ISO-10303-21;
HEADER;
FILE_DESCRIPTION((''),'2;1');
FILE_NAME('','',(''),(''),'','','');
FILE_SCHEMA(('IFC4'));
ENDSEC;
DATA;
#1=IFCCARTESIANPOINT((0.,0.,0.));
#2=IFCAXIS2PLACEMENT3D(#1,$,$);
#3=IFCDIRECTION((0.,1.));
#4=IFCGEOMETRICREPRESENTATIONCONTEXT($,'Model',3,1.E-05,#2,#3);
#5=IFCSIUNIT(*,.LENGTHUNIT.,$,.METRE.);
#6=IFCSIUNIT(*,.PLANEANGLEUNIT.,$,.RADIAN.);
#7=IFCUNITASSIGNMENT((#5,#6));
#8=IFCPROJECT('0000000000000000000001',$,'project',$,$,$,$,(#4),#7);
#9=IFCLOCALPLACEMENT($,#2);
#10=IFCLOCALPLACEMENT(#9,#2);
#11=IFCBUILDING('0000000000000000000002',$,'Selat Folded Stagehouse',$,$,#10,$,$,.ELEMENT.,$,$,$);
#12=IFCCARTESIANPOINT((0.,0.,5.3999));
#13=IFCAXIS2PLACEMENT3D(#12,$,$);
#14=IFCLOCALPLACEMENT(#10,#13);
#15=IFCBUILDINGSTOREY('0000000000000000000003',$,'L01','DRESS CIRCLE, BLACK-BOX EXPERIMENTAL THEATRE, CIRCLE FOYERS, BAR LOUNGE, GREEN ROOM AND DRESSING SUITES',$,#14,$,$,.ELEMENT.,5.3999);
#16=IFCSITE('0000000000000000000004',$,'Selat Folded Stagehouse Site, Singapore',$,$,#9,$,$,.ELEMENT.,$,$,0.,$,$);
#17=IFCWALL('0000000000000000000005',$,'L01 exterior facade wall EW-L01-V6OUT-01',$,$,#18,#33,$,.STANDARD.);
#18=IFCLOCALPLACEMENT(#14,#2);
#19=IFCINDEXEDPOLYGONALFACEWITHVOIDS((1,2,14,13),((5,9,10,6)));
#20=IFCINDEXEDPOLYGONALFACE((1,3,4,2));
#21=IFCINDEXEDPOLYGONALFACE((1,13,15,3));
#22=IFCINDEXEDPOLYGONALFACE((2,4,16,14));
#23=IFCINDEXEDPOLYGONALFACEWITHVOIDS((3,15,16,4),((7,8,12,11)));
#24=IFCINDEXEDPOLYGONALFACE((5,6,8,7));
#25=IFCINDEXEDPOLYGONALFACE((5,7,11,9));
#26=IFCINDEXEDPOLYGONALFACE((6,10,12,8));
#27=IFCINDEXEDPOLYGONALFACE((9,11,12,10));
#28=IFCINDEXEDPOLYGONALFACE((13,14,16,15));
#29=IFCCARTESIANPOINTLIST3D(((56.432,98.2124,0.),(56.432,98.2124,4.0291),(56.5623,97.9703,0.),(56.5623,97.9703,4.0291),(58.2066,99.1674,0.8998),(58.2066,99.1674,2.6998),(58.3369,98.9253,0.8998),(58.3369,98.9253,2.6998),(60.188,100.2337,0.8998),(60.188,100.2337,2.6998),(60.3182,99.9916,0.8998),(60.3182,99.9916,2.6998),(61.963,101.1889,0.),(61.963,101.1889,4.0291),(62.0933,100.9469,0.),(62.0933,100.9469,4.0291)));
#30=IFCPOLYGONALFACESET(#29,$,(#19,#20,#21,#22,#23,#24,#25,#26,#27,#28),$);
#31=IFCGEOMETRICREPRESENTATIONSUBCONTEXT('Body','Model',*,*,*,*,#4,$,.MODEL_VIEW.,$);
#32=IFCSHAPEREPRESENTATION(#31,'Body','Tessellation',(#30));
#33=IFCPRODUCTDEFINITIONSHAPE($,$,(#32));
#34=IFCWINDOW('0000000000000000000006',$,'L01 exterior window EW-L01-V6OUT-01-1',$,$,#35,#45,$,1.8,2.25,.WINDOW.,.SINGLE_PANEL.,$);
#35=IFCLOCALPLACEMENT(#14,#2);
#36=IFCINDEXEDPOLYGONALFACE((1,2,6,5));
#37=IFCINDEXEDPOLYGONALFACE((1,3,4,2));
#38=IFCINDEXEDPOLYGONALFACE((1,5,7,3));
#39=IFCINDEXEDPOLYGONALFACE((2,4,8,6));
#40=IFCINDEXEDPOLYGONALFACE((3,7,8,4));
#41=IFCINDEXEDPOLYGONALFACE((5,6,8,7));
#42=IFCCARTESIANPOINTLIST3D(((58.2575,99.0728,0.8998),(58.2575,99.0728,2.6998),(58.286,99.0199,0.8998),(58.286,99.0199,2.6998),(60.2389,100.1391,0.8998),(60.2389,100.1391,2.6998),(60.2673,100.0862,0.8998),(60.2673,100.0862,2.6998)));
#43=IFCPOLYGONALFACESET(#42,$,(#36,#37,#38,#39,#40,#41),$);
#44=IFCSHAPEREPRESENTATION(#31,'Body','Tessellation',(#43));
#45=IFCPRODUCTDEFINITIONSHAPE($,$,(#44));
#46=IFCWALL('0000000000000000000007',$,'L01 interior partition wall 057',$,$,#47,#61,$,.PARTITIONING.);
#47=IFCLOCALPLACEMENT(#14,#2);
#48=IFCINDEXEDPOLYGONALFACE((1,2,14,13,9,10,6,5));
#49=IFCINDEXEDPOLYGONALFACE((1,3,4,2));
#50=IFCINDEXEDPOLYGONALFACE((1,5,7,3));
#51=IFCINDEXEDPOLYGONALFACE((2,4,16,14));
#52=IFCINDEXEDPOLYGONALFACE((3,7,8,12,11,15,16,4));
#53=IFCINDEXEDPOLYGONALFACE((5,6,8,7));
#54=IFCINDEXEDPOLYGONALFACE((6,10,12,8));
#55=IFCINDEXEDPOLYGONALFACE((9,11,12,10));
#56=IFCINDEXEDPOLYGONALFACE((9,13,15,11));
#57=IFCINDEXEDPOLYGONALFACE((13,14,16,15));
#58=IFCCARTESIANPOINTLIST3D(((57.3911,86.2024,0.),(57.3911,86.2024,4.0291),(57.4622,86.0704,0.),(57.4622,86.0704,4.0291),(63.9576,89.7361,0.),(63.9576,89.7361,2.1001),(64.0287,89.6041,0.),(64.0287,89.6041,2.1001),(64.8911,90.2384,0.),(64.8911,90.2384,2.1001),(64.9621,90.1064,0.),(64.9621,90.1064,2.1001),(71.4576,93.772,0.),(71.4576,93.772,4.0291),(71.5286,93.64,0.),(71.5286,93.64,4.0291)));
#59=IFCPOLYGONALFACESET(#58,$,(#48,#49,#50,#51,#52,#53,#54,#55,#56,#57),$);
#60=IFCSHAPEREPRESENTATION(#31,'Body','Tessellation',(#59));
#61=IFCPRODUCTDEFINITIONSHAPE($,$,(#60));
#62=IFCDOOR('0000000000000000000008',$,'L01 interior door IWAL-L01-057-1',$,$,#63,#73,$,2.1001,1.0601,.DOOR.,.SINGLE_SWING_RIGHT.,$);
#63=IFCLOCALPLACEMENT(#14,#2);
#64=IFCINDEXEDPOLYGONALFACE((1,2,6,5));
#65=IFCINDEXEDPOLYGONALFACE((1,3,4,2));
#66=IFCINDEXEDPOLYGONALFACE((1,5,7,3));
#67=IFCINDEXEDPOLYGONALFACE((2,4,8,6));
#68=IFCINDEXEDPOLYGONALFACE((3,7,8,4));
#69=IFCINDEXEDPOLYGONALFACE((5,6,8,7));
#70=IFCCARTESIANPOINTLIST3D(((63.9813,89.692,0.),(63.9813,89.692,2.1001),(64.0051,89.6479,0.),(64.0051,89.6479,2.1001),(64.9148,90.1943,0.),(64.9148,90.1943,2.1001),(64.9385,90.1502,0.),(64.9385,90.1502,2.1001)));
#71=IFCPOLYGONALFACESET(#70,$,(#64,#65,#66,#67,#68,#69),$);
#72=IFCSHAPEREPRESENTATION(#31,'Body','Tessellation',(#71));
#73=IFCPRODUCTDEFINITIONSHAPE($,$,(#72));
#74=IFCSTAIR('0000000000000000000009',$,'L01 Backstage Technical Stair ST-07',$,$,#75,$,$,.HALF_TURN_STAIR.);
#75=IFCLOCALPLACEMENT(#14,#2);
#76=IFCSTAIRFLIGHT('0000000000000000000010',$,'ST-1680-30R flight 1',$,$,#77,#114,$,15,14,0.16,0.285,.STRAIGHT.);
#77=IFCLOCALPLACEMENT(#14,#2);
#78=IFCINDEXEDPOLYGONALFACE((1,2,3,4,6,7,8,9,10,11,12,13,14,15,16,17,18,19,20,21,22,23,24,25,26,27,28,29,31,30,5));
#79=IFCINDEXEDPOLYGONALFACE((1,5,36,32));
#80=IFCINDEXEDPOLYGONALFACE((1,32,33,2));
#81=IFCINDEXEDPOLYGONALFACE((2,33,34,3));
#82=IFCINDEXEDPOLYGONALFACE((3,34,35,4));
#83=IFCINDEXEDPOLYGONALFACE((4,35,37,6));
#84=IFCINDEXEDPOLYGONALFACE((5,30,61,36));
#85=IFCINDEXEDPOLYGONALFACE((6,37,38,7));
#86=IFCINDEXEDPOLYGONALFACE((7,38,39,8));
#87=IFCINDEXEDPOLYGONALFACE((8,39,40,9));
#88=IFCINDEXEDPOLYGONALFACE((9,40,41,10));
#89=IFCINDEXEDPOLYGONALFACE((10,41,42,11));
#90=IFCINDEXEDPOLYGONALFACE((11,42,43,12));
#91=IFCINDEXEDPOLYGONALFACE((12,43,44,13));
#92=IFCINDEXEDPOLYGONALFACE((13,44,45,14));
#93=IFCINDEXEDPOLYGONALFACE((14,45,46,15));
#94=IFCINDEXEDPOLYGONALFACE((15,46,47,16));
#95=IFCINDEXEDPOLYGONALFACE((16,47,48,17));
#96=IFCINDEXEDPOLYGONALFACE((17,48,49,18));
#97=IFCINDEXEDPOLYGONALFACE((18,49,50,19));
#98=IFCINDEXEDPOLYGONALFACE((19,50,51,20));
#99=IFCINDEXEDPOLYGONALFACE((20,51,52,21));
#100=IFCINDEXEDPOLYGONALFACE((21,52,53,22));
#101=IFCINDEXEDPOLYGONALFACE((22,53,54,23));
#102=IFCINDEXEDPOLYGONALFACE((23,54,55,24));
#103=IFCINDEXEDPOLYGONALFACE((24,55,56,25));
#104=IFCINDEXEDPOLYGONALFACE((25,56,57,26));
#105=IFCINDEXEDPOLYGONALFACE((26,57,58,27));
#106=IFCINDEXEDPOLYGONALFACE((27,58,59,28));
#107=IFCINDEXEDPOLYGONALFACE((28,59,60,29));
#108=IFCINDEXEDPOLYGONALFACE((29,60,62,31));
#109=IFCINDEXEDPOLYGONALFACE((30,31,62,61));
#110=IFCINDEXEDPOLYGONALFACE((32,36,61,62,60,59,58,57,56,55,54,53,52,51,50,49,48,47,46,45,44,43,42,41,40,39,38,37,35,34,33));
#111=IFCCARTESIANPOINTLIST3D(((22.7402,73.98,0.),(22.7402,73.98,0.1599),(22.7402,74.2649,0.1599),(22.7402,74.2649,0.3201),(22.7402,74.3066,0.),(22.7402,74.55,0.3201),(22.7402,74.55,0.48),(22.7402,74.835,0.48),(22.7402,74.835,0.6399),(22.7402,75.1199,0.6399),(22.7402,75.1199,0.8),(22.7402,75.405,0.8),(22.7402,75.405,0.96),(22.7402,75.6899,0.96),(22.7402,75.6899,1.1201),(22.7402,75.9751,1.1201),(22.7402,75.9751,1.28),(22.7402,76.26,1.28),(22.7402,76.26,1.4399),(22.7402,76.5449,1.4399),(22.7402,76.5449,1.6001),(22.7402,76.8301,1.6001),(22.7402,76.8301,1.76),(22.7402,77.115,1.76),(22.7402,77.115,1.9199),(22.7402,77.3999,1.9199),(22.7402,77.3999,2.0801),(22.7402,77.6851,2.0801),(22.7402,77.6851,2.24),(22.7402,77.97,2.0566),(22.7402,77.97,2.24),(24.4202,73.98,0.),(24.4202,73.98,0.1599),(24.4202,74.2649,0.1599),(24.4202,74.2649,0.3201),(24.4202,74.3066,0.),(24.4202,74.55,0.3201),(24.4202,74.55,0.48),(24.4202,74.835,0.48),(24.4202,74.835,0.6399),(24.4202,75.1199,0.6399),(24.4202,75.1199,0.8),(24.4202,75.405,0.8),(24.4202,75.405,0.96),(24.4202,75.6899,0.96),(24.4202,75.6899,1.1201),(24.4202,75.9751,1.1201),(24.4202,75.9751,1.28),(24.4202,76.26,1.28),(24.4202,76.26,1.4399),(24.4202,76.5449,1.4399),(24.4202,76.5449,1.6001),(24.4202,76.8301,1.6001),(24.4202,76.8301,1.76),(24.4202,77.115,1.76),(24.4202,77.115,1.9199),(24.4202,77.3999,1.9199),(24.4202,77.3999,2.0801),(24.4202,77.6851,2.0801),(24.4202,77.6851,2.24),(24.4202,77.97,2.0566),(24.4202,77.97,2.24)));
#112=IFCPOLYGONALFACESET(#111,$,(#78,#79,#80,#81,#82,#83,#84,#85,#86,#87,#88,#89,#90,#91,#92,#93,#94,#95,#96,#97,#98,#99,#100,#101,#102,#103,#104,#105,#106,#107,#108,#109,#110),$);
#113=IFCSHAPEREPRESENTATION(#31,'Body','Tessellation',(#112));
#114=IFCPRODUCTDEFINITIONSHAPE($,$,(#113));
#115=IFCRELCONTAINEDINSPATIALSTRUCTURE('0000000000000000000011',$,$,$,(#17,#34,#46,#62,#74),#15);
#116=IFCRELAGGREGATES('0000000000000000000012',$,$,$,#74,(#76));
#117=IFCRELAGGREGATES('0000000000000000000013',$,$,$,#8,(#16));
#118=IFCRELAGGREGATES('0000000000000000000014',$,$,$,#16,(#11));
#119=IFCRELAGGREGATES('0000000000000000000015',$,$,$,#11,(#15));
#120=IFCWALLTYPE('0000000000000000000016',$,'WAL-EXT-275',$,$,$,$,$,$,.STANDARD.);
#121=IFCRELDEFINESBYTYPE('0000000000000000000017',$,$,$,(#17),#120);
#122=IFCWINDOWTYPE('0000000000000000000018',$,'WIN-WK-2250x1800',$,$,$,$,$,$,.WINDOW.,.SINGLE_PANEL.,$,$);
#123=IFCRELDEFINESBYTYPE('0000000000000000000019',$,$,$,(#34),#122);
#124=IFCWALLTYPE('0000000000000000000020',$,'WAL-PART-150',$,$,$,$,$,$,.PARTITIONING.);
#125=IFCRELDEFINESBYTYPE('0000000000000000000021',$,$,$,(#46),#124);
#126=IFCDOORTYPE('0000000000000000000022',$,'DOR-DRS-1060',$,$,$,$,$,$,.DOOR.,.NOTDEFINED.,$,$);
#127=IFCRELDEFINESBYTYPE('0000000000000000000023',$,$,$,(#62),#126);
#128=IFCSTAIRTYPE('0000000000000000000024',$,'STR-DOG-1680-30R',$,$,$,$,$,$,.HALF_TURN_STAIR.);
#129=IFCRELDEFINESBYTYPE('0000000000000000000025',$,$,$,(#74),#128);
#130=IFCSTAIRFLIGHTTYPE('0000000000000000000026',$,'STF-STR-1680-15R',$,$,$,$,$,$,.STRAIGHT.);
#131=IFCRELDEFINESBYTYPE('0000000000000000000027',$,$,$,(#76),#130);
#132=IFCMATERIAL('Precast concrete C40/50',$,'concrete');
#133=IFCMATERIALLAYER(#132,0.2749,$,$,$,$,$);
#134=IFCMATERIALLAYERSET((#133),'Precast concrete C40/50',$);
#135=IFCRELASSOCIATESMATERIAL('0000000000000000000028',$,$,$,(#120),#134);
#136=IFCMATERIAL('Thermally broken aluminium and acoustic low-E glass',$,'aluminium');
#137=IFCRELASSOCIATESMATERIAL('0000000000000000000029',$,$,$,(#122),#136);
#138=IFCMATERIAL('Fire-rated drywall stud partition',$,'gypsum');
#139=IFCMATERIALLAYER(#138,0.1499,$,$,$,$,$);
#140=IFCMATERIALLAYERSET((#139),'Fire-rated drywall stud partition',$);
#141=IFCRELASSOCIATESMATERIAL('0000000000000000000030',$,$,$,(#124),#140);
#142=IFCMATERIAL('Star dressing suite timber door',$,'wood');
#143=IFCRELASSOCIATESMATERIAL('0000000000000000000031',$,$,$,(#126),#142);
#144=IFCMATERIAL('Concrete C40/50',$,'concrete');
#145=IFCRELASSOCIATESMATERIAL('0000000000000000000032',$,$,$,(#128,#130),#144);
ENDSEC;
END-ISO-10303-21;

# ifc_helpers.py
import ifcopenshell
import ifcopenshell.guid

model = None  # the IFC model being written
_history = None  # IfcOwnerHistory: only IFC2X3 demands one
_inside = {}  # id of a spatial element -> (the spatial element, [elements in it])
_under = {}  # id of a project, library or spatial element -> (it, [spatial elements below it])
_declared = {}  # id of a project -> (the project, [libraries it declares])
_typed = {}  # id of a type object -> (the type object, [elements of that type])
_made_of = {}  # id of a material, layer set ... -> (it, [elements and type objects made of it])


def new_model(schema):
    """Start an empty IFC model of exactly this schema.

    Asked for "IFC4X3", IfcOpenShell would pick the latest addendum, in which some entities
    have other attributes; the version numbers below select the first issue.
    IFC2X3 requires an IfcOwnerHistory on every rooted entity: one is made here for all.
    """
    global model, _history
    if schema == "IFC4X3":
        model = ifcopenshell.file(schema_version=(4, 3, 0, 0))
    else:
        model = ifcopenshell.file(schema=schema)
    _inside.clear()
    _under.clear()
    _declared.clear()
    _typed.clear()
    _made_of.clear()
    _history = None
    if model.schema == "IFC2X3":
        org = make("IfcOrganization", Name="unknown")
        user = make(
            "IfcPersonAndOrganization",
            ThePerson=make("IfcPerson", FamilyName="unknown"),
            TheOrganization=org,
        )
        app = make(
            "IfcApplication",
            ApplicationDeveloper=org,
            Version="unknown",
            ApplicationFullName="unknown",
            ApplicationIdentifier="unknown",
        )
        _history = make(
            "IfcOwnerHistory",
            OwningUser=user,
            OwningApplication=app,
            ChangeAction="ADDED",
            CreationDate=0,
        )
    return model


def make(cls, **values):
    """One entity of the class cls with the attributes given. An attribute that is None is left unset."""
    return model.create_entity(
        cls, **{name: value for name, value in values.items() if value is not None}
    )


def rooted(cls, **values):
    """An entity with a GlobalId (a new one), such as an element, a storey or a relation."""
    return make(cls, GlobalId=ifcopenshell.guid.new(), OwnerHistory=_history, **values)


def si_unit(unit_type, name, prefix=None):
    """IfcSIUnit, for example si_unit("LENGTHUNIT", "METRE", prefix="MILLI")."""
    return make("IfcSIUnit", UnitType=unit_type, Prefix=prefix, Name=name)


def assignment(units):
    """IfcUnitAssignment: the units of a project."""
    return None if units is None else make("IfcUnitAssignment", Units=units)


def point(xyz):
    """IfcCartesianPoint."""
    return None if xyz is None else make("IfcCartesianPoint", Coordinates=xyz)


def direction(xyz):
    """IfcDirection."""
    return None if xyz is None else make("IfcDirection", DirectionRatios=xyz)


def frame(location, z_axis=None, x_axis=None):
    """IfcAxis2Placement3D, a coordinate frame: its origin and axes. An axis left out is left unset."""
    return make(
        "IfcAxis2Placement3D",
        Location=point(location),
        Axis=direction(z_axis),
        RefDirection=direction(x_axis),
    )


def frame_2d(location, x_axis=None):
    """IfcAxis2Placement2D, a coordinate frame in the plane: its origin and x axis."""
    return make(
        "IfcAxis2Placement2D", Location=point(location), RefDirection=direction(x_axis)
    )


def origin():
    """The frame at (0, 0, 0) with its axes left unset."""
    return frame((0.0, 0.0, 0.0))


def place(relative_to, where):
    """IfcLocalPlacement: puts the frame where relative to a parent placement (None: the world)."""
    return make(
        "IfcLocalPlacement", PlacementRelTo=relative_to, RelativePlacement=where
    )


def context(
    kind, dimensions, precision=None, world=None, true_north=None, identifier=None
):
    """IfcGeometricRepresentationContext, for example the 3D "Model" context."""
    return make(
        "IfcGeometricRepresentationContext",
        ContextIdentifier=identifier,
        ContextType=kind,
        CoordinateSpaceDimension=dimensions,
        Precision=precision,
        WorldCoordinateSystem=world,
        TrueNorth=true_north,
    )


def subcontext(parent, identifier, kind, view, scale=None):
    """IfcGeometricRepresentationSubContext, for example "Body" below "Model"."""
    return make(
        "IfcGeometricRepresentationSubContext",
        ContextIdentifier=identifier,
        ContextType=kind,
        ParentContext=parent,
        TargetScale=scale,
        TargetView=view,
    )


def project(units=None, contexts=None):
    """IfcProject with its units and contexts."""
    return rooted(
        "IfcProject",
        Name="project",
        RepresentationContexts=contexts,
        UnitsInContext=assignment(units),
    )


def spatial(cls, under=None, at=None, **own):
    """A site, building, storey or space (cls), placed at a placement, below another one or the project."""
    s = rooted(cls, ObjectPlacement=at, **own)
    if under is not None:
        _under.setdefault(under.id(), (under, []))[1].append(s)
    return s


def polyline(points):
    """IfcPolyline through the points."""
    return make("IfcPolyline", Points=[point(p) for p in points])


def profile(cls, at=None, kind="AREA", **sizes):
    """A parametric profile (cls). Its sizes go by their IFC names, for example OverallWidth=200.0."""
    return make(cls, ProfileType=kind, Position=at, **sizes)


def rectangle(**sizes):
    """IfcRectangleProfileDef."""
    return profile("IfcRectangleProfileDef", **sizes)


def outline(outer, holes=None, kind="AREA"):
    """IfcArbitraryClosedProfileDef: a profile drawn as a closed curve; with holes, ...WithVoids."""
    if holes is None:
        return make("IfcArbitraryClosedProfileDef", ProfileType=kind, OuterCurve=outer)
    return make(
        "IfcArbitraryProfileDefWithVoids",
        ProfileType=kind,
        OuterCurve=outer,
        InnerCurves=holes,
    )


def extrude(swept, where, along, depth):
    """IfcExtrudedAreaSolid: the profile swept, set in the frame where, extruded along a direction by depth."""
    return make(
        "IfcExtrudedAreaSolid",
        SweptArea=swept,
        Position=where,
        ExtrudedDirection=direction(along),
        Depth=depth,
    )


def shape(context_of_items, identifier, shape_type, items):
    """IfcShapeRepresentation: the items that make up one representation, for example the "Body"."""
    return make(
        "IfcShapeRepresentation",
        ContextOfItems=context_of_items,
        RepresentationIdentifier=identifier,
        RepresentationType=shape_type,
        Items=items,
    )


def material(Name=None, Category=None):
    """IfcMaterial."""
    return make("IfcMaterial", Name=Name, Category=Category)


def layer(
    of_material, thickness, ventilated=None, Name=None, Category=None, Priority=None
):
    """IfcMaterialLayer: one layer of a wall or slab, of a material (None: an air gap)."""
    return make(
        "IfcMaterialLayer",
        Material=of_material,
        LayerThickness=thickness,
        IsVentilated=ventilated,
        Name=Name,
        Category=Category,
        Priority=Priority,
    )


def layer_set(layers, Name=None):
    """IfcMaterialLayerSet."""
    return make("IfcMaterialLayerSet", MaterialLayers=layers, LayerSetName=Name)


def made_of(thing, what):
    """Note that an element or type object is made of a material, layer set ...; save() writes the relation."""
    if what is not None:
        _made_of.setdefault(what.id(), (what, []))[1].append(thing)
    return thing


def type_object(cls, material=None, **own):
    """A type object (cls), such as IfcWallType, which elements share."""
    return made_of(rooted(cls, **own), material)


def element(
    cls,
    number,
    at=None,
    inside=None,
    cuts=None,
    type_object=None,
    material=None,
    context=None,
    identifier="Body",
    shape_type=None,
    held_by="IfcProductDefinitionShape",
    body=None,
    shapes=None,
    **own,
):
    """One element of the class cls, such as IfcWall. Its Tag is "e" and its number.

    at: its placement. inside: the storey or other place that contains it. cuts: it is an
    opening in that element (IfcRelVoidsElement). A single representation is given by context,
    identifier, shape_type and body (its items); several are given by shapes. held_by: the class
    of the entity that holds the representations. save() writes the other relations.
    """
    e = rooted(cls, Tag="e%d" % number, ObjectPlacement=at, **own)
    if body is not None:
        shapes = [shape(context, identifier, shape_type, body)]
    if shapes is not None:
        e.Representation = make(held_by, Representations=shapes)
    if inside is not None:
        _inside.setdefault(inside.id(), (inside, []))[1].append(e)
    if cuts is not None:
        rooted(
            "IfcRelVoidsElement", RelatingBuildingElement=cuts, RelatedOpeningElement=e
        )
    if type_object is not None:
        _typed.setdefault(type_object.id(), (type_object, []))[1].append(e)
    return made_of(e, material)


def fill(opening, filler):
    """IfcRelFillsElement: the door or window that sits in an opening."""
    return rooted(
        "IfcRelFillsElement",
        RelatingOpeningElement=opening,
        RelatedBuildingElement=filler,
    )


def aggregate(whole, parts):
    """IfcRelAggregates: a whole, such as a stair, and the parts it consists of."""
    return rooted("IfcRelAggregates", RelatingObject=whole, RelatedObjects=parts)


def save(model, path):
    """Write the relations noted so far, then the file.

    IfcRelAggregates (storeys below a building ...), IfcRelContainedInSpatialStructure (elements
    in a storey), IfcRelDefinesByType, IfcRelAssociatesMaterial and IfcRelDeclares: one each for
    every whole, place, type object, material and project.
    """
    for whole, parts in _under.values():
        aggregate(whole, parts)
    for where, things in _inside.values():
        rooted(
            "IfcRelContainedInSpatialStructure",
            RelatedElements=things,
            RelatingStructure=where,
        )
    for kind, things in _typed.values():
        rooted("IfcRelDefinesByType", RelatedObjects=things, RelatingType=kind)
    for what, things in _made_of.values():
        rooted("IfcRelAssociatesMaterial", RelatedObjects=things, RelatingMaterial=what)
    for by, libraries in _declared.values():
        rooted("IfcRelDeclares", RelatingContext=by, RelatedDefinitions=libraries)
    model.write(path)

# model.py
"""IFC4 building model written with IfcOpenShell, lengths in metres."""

from ifc_helpers import new_model, si_unit, direction, frame, frame_2d, origin, place, context, subcontext, project, spatial, polyline, rectangle, outline, extrude, material, layer, layer_set, type_object, element, fill, aggregate, save


model = new_model("IFC4")

# Units and contexts
model_context = context("Model", 3, precision=1e-05, world=origin(), true_north=direction((0.0, 1.0)))
body_context = subcontext(model_context, "Body", "Model", "MODEL_VIEW")
ifc_project = project(units=[si_unit("LENGTHUNIT", "METRE"), si_unit("PLANEANGLEUNIT", "RADIAN")], contexts=[model_context])

# Site, building, storey
site_placement = place(None, origin())
site = spatial("IfcSite", under=ifc_project, at=site_placement, Name="Selat Folded Stagehouse Site, Singapore", CompositionType="ELEMENT", RefElevation=0.0)
building_placement = place(site_placement, origin())
building = spatial("IfcBuilding", under=site, at=building_placement, Name="Selat Folded Stagehouse", CompositionType="ELEMENT")
storey_placement = place(building_placement, frame((0.0, 0.0, 5.3999)))
storey = spatial("IfcBuildingStorey", under=building, at=storey_placement, Name="L01", Description="DRESS CIRCLE, BLACK-BOX EXPERIMENTAL THEATRE, CIRCLE FOYERS, BAR LOUNGE, GREEN ROOM AND DRESSING SUITES", CompositionType="ELEMENT", Elevation=5.3999)

# Shared definitions
ifc_material_1 = material(Name="Precast concrete C40/50", Category="concrete")
ifc_layer_1 = layer(ifc_material_1, 0.2749)
ifc_layer_set_1 = layer_set([ifc_layer_1], Name="Precast concrete C40/50")
wall_type_1 = type_object("IfcWallType", Name="WAL-EXT-275", PredefinedType="STANDARD", material=ifc_layer_set_1)
ifc_material_2 = material(Name="Thermally broken aluminium and acoustic low-E glass", Category="aluminium")

# Wall, opening, window
wall_1_placement = place(storey_placement, frame((56.4971, 98.0913, 0.0), z_axis=(0.0, 0.0, 1.0), x_axis=(0.880582, 0.473894, 0.0)))
wall_1 = element("IfcWall", 1, at=wall_1_placement, inside=storey, type_object=wall_type_1, Name="L01 exterior facade wall EW-L01-V6OUT-01", PredefinedType="STANDARD", context=body_context, shape_type="SweptSolid", body=[
    extrude(rectangle(XDim=6.281, YDim=0.2749, at=frame_2d((3.1406, 0.0))), origin(), (0.0, 0.0, 1.0), 4.0291),
])
opening_1_placement = place(wall_1_placement, frame((2.0154, 0.0, 0.8999)))
opening_1 = element("IfcOpeningElement", 2, at=opening_1_placement, cuts=wall_1, PredefinedType="OPENING", context=body_context, shape_type="SweptSolid", body=[
    extrude(rectangle(XDim=2.25, YDim=1.8, at=frame_2d((1.125, 0.8999))), frame((0.0, 0.1475, 0.0), z_axis=(0.0, -1.0, 0.0), x_axis=(1.0, 0.0, 0.0)), (0.0, 0.0, 1.0), 0.2949),
])
window_type_1 = type_object("IfcWindowType", Name="WIN-WK-2250x1800", PartitioningType="SINGLE_PANEL", PredefinedType="WINDOW", material=ifc_material_2)
window_1_placement = place(opening_1_placement, origin())
window_1 = element("IfcWindow", 3, at=window_1_placement, inside=storey, type_object=window_type_1, Name="L01 exterior window EW-L01-V6OUT-01-1", OverallHeight=1.8, OverallWidth=2.25, PartitioningType="SINGLE_PANEL", PredefinedType="WINDOW", context=body_context, shape_type="SweptSolid", body=[
    extrude(rectangle(XDim=2.25, YDim=1.8, at=frame_2d((1.125, 0.8999))), frame((0.0, 0.03, 0.0), z_axis=(0.0, -1.0, 0.0), x_axis=(1.0, 0.0, 0.0)), (0.0, 0.0, 1.0), 0.0601),
])
fill(opening_1, window_1)

# Wall, opening, door
ifc_material_3 = material(Name="Fire-rated drywall stud partition", Category="gypsum")
ifc_layer_2 = layer(ifc_material_3, 0.1499)
ifc_layer_set_2 = layer_set([ifc_layer_2], Name="Fire-rated drywall stud partition")
wall_type_2 = type_object("IfcWallType", Name="WAL-PART-150", PredefinedType="PARTITIONING", material=ifc_layer_set_2)
wall_2_placement = place(storey_placement, frame((57.4268, 86.1365, 0.0), z_axis=(0.0, 0.0, 1.0), x_axis=(0.880592, 0.473875, 0.0)))
wall_2 = element("IfcWall", 4, at=wall_2_placement, inside=storey, type_object=wall_type_2, Name="L01 interior partition wall 057", PredefinedType="PARTITIONING", context=body_context, shape_type="SweptSolid", body=[
    extrude(rectangle(XDim=15.9739, YDim=0.1499, at=frame_2d((7.9868, 0.0))), origin(), (0.0, 0.0, 1.0), 4.0291),
])
opening_2_placement = place(wall_2_placement, frame((7.4568, 0.0, 0.0)))
opening_2 = element("IfcOpeningElement", 5, at=opening_2_placement, cuts=wall_2, PredefinedType="OPENING", context=body_context, shape_type="SweptSolid", body=[
    extrude(rectangle(XDim=1.0601, YDim=2.1001, at=frame_2d((0.53, 1.05))), frame((0.0, 0.085, 0.0), z_axis=(0.0, -1.0, 0.0), x_axis=(1.0, 0.0, 0.0)), (0.0, 0.0, 1.0), 0.1699),
])
ifc_material_4 = material(Name="Star dressing suite timber door", Category="wood")
door_type = type_object("IfcDoorType", Name="DOR-DRS-1060", OperationType="NOTDEFINED", PredefinedType="DOOR", material=ifc_material_4)
door_placement = place(opening_2_placement, origin())
door = element("IfcDoor", 6, at=door_placement, inside=storey, type_object=door_type, Name="L01 interior door IWAL-L01-057-1", OperationType="SINGLE_SWING_RIGHT", OverallHeight=2.1001, OverallWidth=1.0601, PredefinedType="DOOR", context=body_context, shape_type="SweptSolid", body=[
    extrude(rectangle(XDim=1.0601, YDim=2.1001, at=frame_2d((0.53, 1.05))), frame((0.0, 0.0249, 0.0), z_axis=(0.0, -1.0, 0.0), x_axis=(1.0, 0.0, 0.0)), (0.0, 0.0, 1.0), 0.05),
])
fill(opening_2, door)

# Stair, stair flight
ifc_material_5 = material(Name="Concrete C40/50", Category="concrete")
stair_type = type_object("IfcStairType", Name="STR-DOG-1680-30R", PredefinedType="HALF_TURN_STAIR", material=ifc_material_5)
stair_placement = place(storey_placement, origin())
stair = element("IfcStair", 7, at=stair_placement, inside=storey, type_object=stair_type, Name="L01 Backstage Technical Stair ST-07", PredefinedType="HALF_TURN_STAIR")
stair_flight_type = type_object("IfcStairFlightType", Name="STF-STR-1680-15R", PredefinedType="STRAIGHT", material=ifc_material_5)
stair_flight_placement = place(storey_placement, frame((23.5801, 73.98, 0.0), z_axis=(0.0, 0.0, 1.0), x_axis=(0.0, 1.0, 0.0)))
stair_flight = element("IfcStairFlight", 8, at=stair_flight_placement, type_object=stair_flight_type, Name="ST-1680-30R flight 1", NumberOfRisers=15, NumberOfTreads=14, PredefinedType="STRAIGHT", RiserHeight=0.16, TreadLength=0.285, context=body_context, shape_type="SweptSolid", body=[
    extrude(outline(polyline([(0.0, 0.0), (0.0, 0.1599), (0.2849, 0.1599), (0.2849, 0.3201), (0.5701, 0.3201), (0.5701, 0.48), (0.855, 0.48), (0.855, 0.6399), (1.1399, 0.6399), (1.1399, 0.8), (1.425, 0.8), (1.425, 0.96), (1.71, 0.96), (1.71, 1.1201), (1.9951, 1.1201), (1.9951, 1.28), (2.28, 1.28), (2.28, 1.4399), (2.5649, 1.4399), (2.5649, 1.6001), (2.8501, 1.6001), (2.8501, 1.76), (3.135, 1.76), (3.135, 1.9199), (3.4199, 1.9199), (3.4199, 2.0801), (3.7051, 2.0801), (3.7051, 2.24), (3.99, 2.24), (3.99, 2.3999), (3.99, 2.0566), (0.3267, 0.0), (0.0, 0.0)])), frame((0.0, 0.8398, 0.0), z_axis=(0.0, -1.0, 0.0), x_axis=(1.0, 0.0, 0.0)), (0.0, 0.0, 1.0), 1.6799),
])
aggregate(stair, [stair_flight])

save(model, "model.ifc")
